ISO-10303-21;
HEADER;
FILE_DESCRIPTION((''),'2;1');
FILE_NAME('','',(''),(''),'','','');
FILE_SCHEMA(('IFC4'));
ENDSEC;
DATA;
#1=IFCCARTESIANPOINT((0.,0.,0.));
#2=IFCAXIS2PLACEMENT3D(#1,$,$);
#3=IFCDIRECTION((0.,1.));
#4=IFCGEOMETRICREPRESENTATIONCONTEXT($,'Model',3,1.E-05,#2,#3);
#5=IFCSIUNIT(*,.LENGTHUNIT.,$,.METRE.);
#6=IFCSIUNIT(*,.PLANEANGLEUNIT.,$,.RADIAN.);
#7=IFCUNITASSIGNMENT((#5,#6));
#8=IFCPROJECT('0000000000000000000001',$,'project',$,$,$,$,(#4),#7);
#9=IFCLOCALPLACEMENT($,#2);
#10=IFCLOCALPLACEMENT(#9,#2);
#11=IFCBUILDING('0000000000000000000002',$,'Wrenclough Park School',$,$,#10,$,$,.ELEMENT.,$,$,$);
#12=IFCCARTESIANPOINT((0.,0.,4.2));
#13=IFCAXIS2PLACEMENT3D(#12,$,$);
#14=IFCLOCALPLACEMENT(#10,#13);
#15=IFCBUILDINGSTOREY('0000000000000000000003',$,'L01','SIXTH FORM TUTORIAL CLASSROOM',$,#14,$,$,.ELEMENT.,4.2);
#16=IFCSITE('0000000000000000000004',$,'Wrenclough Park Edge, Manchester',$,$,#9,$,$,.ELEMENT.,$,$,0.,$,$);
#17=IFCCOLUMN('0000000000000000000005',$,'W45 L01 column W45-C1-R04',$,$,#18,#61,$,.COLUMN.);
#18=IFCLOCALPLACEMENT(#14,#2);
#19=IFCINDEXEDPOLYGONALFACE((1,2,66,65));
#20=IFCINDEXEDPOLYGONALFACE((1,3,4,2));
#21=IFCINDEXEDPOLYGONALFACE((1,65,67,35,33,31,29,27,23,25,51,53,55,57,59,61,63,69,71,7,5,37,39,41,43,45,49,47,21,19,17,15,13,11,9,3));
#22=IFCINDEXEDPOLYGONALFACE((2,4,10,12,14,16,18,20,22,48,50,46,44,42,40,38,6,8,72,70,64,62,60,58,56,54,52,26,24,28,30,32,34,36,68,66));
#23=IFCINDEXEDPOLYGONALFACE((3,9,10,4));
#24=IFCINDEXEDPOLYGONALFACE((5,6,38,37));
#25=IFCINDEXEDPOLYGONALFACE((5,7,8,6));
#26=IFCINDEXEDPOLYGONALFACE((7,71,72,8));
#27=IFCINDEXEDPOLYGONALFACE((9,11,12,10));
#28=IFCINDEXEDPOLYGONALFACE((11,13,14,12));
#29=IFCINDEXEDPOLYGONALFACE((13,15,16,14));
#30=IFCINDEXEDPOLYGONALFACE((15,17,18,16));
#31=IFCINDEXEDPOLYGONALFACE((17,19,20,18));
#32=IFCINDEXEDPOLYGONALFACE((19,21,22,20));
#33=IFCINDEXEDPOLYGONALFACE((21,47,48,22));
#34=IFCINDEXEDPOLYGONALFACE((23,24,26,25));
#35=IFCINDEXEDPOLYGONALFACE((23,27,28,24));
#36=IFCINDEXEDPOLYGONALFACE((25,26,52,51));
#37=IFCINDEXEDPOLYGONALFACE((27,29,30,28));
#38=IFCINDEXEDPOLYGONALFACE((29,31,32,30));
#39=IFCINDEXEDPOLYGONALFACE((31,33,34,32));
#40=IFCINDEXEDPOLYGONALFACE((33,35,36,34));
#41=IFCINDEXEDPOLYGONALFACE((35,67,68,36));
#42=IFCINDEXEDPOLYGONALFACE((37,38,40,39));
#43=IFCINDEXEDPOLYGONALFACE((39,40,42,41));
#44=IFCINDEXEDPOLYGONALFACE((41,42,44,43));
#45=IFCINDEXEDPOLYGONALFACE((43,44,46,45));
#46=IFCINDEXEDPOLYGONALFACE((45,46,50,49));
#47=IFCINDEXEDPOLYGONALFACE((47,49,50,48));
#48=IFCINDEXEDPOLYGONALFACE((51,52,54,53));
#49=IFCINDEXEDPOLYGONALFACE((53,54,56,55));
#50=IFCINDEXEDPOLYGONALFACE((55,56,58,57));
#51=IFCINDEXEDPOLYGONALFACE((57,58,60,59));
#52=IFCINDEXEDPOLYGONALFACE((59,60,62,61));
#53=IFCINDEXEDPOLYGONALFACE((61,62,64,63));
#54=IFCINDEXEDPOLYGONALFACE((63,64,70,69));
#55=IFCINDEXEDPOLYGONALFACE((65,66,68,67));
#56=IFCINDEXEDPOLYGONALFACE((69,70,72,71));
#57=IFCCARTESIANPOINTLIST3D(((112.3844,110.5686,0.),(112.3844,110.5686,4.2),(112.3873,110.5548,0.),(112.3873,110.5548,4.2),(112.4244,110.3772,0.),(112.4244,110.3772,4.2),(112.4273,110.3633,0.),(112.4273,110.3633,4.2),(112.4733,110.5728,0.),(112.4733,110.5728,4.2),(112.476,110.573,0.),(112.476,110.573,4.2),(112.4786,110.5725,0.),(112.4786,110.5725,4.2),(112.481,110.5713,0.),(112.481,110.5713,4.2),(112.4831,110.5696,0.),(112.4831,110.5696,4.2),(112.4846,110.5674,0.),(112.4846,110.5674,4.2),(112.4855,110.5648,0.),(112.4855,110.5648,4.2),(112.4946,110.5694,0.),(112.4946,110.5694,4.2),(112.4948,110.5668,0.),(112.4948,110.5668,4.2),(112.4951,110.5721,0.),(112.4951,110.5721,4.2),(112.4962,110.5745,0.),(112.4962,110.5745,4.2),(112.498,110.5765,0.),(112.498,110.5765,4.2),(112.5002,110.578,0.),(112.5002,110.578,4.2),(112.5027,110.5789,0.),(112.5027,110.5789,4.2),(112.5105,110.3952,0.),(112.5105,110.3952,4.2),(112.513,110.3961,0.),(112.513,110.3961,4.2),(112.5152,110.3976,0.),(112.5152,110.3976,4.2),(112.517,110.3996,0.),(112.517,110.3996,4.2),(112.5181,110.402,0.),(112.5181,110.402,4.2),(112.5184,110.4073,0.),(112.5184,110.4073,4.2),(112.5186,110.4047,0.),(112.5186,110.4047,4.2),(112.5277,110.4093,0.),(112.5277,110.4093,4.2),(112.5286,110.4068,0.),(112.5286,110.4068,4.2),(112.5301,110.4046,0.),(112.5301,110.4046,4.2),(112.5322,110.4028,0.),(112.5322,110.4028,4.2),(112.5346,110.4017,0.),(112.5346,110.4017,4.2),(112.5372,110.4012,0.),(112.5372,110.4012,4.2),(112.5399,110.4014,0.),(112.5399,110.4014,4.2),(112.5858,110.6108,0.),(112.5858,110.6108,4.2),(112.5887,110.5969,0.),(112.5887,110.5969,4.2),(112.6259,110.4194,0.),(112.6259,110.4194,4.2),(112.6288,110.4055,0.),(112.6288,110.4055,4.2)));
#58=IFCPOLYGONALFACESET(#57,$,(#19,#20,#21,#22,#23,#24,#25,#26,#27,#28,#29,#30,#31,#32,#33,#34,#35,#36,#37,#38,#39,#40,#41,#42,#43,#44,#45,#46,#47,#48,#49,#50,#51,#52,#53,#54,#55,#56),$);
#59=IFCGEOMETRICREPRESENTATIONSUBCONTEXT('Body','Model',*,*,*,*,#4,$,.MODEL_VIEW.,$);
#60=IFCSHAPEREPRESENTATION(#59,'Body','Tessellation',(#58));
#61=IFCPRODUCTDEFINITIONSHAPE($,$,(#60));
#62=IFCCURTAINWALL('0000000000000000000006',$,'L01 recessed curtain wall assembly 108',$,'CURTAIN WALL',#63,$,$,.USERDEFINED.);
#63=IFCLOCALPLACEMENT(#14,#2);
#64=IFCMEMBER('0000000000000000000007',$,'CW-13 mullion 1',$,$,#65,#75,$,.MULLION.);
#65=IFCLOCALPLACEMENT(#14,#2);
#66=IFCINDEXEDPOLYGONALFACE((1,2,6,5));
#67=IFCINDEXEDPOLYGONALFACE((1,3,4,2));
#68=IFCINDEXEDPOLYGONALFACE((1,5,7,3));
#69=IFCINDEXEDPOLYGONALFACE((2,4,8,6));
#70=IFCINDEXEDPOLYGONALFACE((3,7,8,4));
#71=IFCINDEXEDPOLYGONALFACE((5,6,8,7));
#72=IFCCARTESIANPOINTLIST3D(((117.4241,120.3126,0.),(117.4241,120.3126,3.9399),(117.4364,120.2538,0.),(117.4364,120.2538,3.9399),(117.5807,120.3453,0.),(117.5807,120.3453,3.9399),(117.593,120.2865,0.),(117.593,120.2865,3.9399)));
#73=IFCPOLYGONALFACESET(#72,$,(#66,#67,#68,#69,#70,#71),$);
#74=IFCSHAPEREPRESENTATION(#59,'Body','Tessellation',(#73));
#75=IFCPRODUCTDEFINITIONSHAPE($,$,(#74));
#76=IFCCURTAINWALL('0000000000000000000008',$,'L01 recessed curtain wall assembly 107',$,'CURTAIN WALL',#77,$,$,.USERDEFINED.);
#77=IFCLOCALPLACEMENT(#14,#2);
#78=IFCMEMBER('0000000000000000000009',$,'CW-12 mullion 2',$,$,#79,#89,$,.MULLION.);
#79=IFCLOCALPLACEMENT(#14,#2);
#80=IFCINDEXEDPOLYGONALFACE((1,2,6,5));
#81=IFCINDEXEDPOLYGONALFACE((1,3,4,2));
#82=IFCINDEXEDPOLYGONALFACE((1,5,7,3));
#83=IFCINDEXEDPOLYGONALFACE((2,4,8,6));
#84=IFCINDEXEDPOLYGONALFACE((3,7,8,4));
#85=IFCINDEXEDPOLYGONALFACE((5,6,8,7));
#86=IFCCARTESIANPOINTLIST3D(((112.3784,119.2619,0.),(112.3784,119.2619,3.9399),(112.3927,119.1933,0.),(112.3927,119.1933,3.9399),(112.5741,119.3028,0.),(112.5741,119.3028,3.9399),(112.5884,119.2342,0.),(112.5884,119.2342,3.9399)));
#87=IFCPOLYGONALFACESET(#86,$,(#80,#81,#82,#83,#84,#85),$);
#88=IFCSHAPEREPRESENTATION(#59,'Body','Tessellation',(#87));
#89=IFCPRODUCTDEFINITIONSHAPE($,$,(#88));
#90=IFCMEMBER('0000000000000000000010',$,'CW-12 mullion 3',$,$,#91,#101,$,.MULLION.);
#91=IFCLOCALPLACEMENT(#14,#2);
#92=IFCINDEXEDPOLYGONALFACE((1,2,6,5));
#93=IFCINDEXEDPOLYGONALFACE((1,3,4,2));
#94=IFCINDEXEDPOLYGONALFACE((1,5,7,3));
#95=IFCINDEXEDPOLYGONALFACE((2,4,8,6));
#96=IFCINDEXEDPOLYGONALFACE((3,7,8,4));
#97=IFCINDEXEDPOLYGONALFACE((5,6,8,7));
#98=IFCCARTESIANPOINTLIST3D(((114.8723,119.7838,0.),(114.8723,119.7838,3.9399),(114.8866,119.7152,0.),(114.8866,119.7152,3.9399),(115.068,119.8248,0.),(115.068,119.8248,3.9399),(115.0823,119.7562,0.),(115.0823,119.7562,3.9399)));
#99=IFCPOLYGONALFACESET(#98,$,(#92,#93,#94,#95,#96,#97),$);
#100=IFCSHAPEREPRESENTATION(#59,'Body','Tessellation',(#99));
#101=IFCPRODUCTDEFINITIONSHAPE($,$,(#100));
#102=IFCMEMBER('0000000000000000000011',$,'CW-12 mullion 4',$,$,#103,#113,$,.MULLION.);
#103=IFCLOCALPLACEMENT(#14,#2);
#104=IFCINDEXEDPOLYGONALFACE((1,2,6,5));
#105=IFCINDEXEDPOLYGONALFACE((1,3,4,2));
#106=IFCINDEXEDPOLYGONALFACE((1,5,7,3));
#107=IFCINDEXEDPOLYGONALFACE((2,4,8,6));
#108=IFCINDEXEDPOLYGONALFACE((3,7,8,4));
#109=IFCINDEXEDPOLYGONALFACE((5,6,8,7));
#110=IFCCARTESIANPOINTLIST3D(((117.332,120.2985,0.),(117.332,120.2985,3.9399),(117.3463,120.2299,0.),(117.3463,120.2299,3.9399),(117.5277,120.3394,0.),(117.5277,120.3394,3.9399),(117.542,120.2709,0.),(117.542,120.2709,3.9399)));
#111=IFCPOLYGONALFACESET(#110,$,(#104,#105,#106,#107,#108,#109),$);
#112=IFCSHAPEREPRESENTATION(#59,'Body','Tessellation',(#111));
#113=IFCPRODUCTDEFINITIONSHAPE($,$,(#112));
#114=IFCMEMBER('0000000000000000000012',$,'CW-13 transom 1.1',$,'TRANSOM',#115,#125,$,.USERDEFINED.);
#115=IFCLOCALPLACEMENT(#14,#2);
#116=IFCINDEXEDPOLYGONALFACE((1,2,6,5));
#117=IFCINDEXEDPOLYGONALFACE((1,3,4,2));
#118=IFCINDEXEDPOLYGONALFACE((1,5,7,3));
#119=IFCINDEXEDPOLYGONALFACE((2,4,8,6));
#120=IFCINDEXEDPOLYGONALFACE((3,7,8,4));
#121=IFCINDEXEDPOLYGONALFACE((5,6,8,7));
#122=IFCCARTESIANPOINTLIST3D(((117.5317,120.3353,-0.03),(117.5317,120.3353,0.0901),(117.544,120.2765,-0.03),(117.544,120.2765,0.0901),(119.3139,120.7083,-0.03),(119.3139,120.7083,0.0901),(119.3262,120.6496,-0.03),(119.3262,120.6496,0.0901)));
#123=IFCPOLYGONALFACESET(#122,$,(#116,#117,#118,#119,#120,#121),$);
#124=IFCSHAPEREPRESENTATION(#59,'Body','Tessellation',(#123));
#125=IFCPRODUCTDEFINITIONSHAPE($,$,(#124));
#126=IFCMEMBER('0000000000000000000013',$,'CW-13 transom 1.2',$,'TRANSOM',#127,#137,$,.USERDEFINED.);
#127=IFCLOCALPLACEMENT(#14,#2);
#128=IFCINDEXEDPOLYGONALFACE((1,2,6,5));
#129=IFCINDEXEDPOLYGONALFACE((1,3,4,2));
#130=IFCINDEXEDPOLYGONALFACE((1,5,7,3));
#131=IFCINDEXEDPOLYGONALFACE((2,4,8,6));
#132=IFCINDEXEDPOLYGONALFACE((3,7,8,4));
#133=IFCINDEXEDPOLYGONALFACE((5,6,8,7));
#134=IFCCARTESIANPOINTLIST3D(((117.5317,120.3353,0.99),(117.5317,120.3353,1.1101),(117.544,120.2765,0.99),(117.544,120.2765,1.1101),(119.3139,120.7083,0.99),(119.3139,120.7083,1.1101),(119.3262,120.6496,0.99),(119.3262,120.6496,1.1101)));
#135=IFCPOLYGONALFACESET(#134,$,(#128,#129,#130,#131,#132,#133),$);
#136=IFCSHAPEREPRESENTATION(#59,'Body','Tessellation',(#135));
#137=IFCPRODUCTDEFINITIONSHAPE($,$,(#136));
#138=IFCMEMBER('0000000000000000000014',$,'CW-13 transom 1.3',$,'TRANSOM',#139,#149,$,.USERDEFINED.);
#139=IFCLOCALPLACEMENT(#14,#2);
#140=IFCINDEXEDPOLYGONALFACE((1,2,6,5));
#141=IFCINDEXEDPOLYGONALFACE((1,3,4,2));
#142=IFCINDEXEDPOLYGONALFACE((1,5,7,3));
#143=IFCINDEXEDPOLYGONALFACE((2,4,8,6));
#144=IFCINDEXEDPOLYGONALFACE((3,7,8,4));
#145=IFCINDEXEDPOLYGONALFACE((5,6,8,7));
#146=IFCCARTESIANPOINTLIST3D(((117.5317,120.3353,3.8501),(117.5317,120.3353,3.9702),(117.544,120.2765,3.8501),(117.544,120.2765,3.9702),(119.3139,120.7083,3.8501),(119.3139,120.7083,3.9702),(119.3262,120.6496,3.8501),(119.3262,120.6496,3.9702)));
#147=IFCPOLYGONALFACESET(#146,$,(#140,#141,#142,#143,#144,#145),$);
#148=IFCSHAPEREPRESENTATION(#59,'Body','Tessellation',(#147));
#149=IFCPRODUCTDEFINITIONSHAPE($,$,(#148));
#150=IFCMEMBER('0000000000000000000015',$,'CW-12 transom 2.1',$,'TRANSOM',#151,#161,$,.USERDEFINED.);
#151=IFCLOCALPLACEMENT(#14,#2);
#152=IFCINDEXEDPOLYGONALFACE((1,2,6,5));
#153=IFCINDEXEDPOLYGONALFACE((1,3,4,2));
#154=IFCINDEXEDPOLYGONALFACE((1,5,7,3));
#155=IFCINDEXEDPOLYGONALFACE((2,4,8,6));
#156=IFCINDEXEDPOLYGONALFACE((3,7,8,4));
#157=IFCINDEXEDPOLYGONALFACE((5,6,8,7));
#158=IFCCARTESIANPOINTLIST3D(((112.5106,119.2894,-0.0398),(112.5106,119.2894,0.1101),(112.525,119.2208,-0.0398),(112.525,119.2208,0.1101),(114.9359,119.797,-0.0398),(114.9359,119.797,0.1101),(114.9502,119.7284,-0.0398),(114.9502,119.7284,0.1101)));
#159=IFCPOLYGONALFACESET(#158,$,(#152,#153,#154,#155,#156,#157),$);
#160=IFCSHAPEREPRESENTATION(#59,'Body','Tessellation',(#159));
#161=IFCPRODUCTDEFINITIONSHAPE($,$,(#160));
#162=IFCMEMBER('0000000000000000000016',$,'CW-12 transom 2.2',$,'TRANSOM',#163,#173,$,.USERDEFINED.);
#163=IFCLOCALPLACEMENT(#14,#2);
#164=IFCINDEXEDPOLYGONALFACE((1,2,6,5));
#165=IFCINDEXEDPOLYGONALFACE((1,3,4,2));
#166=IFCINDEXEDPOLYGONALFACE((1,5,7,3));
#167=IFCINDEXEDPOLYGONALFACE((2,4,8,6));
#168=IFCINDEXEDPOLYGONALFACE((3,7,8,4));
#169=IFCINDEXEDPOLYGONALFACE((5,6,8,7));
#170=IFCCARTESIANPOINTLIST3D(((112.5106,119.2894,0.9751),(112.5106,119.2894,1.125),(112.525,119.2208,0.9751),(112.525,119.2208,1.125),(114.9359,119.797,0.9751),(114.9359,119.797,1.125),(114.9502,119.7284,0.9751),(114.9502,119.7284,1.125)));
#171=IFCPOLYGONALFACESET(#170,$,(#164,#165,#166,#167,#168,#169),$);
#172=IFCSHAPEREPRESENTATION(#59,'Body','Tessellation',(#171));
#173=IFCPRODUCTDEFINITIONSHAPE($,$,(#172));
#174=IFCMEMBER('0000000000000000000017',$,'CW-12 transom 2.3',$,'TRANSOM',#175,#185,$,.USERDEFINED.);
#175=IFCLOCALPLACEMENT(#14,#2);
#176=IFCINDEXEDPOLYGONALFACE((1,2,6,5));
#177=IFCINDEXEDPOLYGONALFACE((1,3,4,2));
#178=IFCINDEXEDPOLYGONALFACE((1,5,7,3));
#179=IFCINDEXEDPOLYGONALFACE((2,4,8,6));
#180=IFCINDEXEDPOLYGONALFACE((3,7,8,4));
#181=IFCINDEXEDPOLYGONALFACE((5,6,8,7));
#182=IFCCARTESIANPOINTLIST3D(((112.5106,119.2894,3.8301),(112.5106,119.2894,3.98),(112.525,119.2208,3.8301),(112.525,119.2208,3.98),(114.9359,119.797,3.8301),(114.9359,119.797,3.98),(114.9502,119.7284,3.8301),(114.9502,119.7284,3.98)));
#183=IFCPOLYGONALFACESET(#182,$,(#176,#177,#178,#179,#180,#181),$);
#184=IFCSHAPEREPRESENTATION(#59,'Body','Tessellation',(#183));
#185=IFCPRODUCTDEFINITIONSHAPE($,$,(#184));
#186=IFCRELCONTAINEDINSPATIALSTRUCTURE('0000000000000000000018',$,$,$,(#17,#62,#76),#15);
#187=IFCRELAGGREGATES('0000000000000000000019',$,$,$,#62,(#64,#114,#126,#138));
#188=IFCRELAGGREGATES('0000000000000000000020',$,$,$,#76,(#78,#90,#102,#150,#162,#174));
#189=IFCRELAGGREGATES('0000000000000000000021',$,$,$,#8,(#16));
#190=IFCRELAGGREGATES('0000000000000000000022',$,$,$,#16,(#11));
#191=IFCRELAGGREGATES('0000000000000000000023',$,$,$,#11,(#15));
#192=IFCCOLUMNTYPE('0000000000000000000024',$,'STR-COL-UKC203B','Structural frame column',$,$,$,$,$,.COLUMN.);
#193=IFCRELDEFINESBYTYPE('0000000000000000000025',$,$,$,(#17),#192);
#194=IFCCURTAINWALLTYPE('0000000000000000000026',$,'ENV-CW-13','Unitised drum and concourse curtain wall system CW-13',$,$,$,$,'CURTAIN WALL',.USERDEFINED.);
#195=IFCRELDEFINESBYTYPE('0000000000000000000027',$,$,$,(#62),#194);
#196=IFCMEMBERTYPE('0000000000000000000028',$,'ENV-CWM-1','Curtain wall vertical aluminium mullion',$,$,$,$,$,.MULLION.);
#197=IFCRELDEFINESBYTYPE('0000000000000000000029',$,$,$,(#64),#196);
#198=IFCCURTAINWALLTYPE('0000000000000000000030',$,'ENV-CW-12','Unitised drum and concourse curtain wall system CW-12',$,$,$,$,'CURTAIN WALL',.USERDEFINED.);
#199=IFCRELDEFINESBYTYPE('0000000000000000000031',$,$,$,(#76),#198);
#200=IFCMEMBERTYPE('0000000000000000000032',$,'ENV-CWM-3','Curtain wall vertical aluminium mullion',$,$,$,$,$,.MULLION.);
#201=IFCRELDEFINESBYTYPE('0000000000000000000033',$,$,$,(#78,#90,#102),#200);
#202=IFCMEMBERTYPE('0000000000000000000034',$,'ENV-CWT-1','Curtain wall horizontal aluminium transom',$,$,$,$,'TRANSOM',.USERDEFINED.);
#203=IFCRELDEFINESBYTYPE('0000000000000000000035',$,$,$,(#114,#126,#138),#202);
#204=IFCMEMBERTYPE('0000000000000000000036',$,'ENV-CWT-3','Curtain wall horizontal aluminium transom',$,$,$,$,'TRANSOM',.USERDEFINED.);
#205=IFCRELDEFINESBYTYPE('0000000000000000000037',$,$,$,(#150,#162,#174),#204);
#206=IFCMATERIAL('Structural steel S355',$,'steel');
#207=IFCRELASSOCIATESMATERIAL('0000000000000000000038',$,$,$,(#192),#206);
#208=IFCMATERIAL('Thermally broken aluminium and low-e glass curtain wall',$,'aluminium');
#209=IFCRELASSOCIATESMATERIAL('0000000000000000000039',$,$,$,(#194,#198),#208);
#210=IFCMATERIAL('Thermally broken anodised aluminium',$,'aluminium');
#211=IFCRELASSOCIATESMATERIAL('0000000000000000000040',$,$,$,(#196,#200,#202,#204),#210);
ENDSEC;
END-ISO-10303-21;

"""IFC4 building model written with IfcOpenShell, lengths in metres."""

from ifc_helpers import new_model, si_unit, direction, frame, origin, origin_2d, place, context, subcontext, project, spatial, rectangle, i_section, extrude, material, material_profile, profile_set, type_object, element, aggregate, save


model = new_model("IFC4")

# Units and contexts
model_context = context("Model", 3, precision=1e-05, world=origin(), true_north=direction((0.0, 1.0)))
body_context = subcontext(model_context, "Body", "Model", "MODEL_VIEW")
ifc_project = project(units=[si_unit("LENGTHUNIT", "METRE"), si_unit("PLANEANGLEUNIT", "RADIAN")], contexts=[model_context])

# Site, building, storey
site_placement = place(None, origin())
site = spatial("IfcSite", under=ifc_project, at=site_placement, Name="Wrenclough Park Edge, Manchester", CompositionType="ELEMENT", RefElevation=0.0)
building_placement = place(site_placement, origin())
building = spatial("IfcBuilding", under=site, at=building_placement, Name="Wrenclough Park School", CompositionType="ELEMENT")
storey_placement = place(building_placement, frame((0.0, 0.0, 4.2)))
storey = spatial("IfcBuildingStorey", under=building, at=storey_placement, Name="L01", Description="SIXTH FORM TUTORIAL CLASSROOM", CompositionType="ELEMENT", Elevation=4.2)

# Column
ifc_material_1 = material(Name="Structural steel S355", Category="steel")
ifc_material_profile_1 = material_profile(ifc_material_1, i_section(OverallWidth=0.2058, OverallDepth=0.2097, WebThickness=0.0095, FlangeThickness=0.0142, FilletRadius=0.0103, at=origin_2d()), Name="UKC 203x203x60")
ifc_profile_set_1 = profile_set([ifc_material_profile_1], Name="Structural steel S355")
column_type = type_object("IfcColumnType", Name="STR-COL-UKC203B", Description="Structural frame column", PredefinedType="COLUMN", material=ifc_profile_set_1)
column_placement = place(storey_placement, frame((112.5066, 110.4871, 0.0), z_axis=(0.0, 0.0, 1.0), x_axis=(0.978796, 0.204838, 0.0)))
element("IfcColumn", 1, at=column_placement, inside=storey, type_object=column_type, Name="W45 L01 column W45-C1-R04", PredefinedType="COLUMN", context=body_context, shape_type="SweptSolid", body=[
    extrude(i_section(OverallWidth=0.2058, OverallDepth=0.2097, WebThickness=0.0095, FlangeThickness=0.0142, FilletRadius=0.0103, at=origin_2d()), origin(), (0.0, 0.0, 1.0), 4.2),
])

# Curtain wall, member
ifc_material_2 = material(Name="Thermally broken aluminium and low-e glass curtain wall", Category="aluminium")
curtain_wall_type_1 = type_object("IfcCurtainWallType", Name="ENV-CW-13", Description="Unitised drum and concourse curtain wall system CW-13", ElementType="CURTAIN WALL", PredefinedType="USERDEFINED", material=ifc_material_2)
curtain_wall_1_placement = place(storey_placement, origin())
curtain_wall_1 = element("IfcCurtainWall", 2, at=curtain_wall_1_placement, inside=storey, type_object=curtain_wall_type_1, Name="L01 recessed curtain wall assembly 108", ObjectType="CURTAIN WALL", PredefinedType="USERDEFINED")
ifc_material_3 = material(Name="Thermally broken anodised aluminium", Category="aluminium")
ifc_material_profile_2 = material_profile(ifc_material_3, rectangle(XDim=0.0601, YDim=0.1599, at=origin_2d()), Name="AL MULLION 60x160")
ifc_profile_set_2 = profile_set([ifc_material_profile_2], Name="Thermally broken anodised aluminium")
member_type_1 = type_object("IfcMemberType", Name="ENV-CWM-1", Description="Curtain wall vertical aluminium mullion", PredefinedType="MULLION", material=ifc_profile_set_2)
member_1_placement = place(storey_placement, frame((117.5085, 120.2996, 0.0), z_axis=(0.0, 0.0, 1.0), x_axis=(-0.204871, 0.978789, 0.0)))
member_1 = element("IfcMember", 3, at=member_1_placement, type_object=member_type_1, Name="CW-13 mullion 1", PredefinedType="MULLION", context=body_context, shape_type="SweptSolid", body=[
    extrude(rectangle(XDim=0.0601, YDim=0.1599, at=origin_2d()), origin(), (0.0, 0.0, 1.0), 3.9399),
])

# Curtain wall, members
curtain_wall_type_2 = type_object("IfcCurtainWallType", Name="ENV-CW-12", Description="Unitised drum and concourse curtain wall system CW-12", ElementType="CURTAIN WALL", PredefinedType="USERDEFINED", material=ifc_material_2)
curtain_wall_2_placement = place(storey_placement, origin())
curtain_wall_2 = element("IfcCurtainWall", 4, at=curtain_wall_2_placement, inside=storey, type_object=curtain_wall_type_2, Name="L01 recessed curtain wall assembly 107", ObjectType="CURTAIN WALL", PredefinedType="USERDEFINED")
ifc_material_profile_3 = material_profile(ifc_material_3, rectangle(XDim=0.0701, YDim=0.2, at=origin_2d()), Name="AL MULLION 70x200")
ifc_profile_set_3 = profile_set([ifc_material_profile_3], Name="Thermally broken anodised aluminium")
member_type_2 = type_object("IfcMemberType", Name="ENV-CWM-3", Description="Curtain wall vertical aluminium mullion", PredefinedType="MULLION", material=ifc_profile_set_3)
member_2_placement = place(storey_placement, frame((112.4834, 119.248, 0.0), z_axis=(0.0, 0.0, 1.0), x_axis=(-0.204858, 0.978792, 0.0)))
member_2 = element("IfcMember", 5, at=member_2_placement, type_object=member_type_2, Name="CW-12 mullion 2", PredefinedType="MULLION", context=body_context, shape_type="SweptSolid", body=[
    extrude(rectangle(XDim=0.0701, YDim=0.2, at=origin_2d()), origin(), (0.0, 0.0, 1.0), 3.9399),
])
member_3_placement = place(storey_placement, frame((114.9773, 119.77, 0.0), z_axis=(0.0, 0.0, 1.0), x_axis=(-0.204858, 0.978792, 0.0)))
member_3 = element("IfcMember", 6, at=member_3_placement, type_object=member_type_2, Name="CW-12 mullion 3", PredefinedType="MULLION", context=body_context, shape_type="SweptSolid", body=[
    extrude(rectangle(XDim=0.0701, YDim=0.2, at=origin_2d()), origin(), (0.0, 0.0, 1.0), 3.9399),
])
member_4_placement = place(storey_placement, frame((117.437, 120.2847, 0.0), z_axis=(0.0, 0.0, 1.0), x_axis=(-0.204858, 0.978792, 0.0)))
member_4 = element("IfcMember", 7, at=member_4_placement, type_object=member_type_2, Name="CW-12 mullion 4", PredefinedType="MULLION", context=body_context, shape_type="SweptSolid", body=[
    extrude(rectangle(XDim=0.0701, YDim=0.2, at=origin_2d()), origin(), (0.0, 0.0, 1.0), 3.9399),
])

# Members
ifc_material_profile_4 = material_profile(ifc_material_3, rectangle(XDim=0.0601, YDim=0.1201, at=origin_2d()), Name="AL TRANSOM 60x120")
ifc_profile_set_4 = profile_set([ifc_material_profile_4], Name="Thermally broken anodised aluminium")
member_type_3 = type_object("IfcMemberType", Name="ENV-CWT-1", Description="Curtain wall horizontal aluminium transom", ElementType="TRANSOM", PredefinedType="USERDEFINED", material=ifc_profile_set_4)
member_5_placement = place(storey_placement, frame((117.5378, 120.3059, 0.03), z_axis=(0.978788, 0.204875, 0.0), x_axis=(-0.204875, 0.978788, 0.0)))
member_5 = element("IfcMember", 8, at=member_5_placement, type_object=member_type_3, Name="CW-13 transom 1.1", ObjectType="TRANSOM", PredefinedType="USERDEFINED", context=body_context, shape_type="SweptSolid", body=[
    extrude(rectangle(XDim=0.0601, YDim=0.1201, at=origin_2d()), origin(), (0.0, 0.0, 1.0), 1.8208),
])
member_6_placement = place(storey_placement, frame((117.5378, 120.3059, 1.05), z_axis=(0.978788, 0.204875, 0.0), x_axis=(-0.204875, 0.978788, 0.0)))
member_6 = element("IfcMember", 9, at=member_6_placement, type_object=member_type_3, Name="CW-13 transom 1.2", ObjectType="TRANSOM", PredefinedType="USERDEFINED", context=body_context, shape_type="SweptSolid", body=[
    extrude(rectangle(XDim=0.0601, YDim=0.1201, at=origin_2d()), origin(), (0.0, 0.0, 1.0), 1.8208),
])
member_7_placement = place(storey_placement, frame((117.5378, 120.3059, 3.9102), z_axis=(0.978788, 0.204875, 0.0), x_axis=(-0.204875, 0.978788, 0.0)))
member_7 = element("IfcMember", 10, at=member_7_placement, type_object=member_type_3, Name="CW-13 transom 1.3", ObjectType="TRANSOM", PredefinedType="USERDEFINED", context=body_context, shape_type="SweptSolid", body=[
    extrude(rectangle(XDim=0.0601, YDim=0.1201, at=origin_2d()), origin(), (0.0, 0.0, 1.0), 1.8208),
])
aggregate(curtain_wall_1, [member_1, member_5, member_6, member_7])
ifc_material_profile_5 = material_profile(ifc_material_3, rectangle(XDim=0.0701, YDim=0.1499, at=origin_2d()), Name="AL TRANSOM 70x150")
ifc_profile_set_5 = profile_set([ifc_material_profile_5], Name="Thermally broken anodised aluminium")
member_type_4 = type_object("IfcMemberType", Name="ENV-CWT-3", Description="Curtain wall horizontal aluminium transom", ElementType="TRANSOM", PredefinedType="USERDEFINED", material=ifc_profile_set_5)
member_8_placement = place(storey_placement, frame((112.5178, 119.2551, 0.0352), z_axis=(0.978795, 0.204843, 0.0), x_axis=(-0.204843, 0.978795, 0.0)))
member_8 = element("IfcMember", 11, at=member_8_placement, type_object=member_type_4, Name="CW-12 transom 2.1", ObjectType="TRANSOM", PredefinedType="USERDEFINED", context=body_context, shape_type="SweptSolid", body=[
    extrude(rectangle(XDim=0.0701, YDim=0.1499, at=origin_2d()), origin(), (0.0, 0.0, 1.0), 2.4778),
])
member_9_placement = place(storey_placement, frame((112.5178, 119.2551, 1.05), z_axis=(0.978795, 0.204843, 0.0), x_axis=(-0.204843, 0.978795, 0.0)))
member_9 = element("IfcMember", 12, at=member_9_placement, type_object=member_type_4, Name="CW-12 transom 2.2", ObjectType="TRANSOM", PredefinedType="USERDEFINED", context=body_context, shape_type="SweptSolid", body=[
    extrude(rectangle(XDim=0.0701, YDim=0.1499, at=origin_2d()), origin(), (0.0, 0.0, 1.0), 2.4778),
])
member_10_placement = place(storey_placement, frame((112.5178, 119.2551, 3.905), z_axis=(0.978795, 0.204843, 0.0), x_axis=(-0.204843, 0.978795, 0.0)))
member_10 = element("IfcMember", 13, at=member_10_placement, type_object=member_type_4, Name="CW-12 transom 2.3", ObjectType="TRANSOM", PredefinedType="USERDEFINED", context=body_context, shape_type="SweptSolid", body=[
    extrude(rectangle(XDim=0.0701, YDim=0.1499, at=origin_2d()), origin(), (0.0, 0.0, 1.0), 2.4778),
])

aggregate(curtain_wall_2, [member_2, member_3, member_4, member_8, member_9, member_10])

save(model, "model.ifc")
